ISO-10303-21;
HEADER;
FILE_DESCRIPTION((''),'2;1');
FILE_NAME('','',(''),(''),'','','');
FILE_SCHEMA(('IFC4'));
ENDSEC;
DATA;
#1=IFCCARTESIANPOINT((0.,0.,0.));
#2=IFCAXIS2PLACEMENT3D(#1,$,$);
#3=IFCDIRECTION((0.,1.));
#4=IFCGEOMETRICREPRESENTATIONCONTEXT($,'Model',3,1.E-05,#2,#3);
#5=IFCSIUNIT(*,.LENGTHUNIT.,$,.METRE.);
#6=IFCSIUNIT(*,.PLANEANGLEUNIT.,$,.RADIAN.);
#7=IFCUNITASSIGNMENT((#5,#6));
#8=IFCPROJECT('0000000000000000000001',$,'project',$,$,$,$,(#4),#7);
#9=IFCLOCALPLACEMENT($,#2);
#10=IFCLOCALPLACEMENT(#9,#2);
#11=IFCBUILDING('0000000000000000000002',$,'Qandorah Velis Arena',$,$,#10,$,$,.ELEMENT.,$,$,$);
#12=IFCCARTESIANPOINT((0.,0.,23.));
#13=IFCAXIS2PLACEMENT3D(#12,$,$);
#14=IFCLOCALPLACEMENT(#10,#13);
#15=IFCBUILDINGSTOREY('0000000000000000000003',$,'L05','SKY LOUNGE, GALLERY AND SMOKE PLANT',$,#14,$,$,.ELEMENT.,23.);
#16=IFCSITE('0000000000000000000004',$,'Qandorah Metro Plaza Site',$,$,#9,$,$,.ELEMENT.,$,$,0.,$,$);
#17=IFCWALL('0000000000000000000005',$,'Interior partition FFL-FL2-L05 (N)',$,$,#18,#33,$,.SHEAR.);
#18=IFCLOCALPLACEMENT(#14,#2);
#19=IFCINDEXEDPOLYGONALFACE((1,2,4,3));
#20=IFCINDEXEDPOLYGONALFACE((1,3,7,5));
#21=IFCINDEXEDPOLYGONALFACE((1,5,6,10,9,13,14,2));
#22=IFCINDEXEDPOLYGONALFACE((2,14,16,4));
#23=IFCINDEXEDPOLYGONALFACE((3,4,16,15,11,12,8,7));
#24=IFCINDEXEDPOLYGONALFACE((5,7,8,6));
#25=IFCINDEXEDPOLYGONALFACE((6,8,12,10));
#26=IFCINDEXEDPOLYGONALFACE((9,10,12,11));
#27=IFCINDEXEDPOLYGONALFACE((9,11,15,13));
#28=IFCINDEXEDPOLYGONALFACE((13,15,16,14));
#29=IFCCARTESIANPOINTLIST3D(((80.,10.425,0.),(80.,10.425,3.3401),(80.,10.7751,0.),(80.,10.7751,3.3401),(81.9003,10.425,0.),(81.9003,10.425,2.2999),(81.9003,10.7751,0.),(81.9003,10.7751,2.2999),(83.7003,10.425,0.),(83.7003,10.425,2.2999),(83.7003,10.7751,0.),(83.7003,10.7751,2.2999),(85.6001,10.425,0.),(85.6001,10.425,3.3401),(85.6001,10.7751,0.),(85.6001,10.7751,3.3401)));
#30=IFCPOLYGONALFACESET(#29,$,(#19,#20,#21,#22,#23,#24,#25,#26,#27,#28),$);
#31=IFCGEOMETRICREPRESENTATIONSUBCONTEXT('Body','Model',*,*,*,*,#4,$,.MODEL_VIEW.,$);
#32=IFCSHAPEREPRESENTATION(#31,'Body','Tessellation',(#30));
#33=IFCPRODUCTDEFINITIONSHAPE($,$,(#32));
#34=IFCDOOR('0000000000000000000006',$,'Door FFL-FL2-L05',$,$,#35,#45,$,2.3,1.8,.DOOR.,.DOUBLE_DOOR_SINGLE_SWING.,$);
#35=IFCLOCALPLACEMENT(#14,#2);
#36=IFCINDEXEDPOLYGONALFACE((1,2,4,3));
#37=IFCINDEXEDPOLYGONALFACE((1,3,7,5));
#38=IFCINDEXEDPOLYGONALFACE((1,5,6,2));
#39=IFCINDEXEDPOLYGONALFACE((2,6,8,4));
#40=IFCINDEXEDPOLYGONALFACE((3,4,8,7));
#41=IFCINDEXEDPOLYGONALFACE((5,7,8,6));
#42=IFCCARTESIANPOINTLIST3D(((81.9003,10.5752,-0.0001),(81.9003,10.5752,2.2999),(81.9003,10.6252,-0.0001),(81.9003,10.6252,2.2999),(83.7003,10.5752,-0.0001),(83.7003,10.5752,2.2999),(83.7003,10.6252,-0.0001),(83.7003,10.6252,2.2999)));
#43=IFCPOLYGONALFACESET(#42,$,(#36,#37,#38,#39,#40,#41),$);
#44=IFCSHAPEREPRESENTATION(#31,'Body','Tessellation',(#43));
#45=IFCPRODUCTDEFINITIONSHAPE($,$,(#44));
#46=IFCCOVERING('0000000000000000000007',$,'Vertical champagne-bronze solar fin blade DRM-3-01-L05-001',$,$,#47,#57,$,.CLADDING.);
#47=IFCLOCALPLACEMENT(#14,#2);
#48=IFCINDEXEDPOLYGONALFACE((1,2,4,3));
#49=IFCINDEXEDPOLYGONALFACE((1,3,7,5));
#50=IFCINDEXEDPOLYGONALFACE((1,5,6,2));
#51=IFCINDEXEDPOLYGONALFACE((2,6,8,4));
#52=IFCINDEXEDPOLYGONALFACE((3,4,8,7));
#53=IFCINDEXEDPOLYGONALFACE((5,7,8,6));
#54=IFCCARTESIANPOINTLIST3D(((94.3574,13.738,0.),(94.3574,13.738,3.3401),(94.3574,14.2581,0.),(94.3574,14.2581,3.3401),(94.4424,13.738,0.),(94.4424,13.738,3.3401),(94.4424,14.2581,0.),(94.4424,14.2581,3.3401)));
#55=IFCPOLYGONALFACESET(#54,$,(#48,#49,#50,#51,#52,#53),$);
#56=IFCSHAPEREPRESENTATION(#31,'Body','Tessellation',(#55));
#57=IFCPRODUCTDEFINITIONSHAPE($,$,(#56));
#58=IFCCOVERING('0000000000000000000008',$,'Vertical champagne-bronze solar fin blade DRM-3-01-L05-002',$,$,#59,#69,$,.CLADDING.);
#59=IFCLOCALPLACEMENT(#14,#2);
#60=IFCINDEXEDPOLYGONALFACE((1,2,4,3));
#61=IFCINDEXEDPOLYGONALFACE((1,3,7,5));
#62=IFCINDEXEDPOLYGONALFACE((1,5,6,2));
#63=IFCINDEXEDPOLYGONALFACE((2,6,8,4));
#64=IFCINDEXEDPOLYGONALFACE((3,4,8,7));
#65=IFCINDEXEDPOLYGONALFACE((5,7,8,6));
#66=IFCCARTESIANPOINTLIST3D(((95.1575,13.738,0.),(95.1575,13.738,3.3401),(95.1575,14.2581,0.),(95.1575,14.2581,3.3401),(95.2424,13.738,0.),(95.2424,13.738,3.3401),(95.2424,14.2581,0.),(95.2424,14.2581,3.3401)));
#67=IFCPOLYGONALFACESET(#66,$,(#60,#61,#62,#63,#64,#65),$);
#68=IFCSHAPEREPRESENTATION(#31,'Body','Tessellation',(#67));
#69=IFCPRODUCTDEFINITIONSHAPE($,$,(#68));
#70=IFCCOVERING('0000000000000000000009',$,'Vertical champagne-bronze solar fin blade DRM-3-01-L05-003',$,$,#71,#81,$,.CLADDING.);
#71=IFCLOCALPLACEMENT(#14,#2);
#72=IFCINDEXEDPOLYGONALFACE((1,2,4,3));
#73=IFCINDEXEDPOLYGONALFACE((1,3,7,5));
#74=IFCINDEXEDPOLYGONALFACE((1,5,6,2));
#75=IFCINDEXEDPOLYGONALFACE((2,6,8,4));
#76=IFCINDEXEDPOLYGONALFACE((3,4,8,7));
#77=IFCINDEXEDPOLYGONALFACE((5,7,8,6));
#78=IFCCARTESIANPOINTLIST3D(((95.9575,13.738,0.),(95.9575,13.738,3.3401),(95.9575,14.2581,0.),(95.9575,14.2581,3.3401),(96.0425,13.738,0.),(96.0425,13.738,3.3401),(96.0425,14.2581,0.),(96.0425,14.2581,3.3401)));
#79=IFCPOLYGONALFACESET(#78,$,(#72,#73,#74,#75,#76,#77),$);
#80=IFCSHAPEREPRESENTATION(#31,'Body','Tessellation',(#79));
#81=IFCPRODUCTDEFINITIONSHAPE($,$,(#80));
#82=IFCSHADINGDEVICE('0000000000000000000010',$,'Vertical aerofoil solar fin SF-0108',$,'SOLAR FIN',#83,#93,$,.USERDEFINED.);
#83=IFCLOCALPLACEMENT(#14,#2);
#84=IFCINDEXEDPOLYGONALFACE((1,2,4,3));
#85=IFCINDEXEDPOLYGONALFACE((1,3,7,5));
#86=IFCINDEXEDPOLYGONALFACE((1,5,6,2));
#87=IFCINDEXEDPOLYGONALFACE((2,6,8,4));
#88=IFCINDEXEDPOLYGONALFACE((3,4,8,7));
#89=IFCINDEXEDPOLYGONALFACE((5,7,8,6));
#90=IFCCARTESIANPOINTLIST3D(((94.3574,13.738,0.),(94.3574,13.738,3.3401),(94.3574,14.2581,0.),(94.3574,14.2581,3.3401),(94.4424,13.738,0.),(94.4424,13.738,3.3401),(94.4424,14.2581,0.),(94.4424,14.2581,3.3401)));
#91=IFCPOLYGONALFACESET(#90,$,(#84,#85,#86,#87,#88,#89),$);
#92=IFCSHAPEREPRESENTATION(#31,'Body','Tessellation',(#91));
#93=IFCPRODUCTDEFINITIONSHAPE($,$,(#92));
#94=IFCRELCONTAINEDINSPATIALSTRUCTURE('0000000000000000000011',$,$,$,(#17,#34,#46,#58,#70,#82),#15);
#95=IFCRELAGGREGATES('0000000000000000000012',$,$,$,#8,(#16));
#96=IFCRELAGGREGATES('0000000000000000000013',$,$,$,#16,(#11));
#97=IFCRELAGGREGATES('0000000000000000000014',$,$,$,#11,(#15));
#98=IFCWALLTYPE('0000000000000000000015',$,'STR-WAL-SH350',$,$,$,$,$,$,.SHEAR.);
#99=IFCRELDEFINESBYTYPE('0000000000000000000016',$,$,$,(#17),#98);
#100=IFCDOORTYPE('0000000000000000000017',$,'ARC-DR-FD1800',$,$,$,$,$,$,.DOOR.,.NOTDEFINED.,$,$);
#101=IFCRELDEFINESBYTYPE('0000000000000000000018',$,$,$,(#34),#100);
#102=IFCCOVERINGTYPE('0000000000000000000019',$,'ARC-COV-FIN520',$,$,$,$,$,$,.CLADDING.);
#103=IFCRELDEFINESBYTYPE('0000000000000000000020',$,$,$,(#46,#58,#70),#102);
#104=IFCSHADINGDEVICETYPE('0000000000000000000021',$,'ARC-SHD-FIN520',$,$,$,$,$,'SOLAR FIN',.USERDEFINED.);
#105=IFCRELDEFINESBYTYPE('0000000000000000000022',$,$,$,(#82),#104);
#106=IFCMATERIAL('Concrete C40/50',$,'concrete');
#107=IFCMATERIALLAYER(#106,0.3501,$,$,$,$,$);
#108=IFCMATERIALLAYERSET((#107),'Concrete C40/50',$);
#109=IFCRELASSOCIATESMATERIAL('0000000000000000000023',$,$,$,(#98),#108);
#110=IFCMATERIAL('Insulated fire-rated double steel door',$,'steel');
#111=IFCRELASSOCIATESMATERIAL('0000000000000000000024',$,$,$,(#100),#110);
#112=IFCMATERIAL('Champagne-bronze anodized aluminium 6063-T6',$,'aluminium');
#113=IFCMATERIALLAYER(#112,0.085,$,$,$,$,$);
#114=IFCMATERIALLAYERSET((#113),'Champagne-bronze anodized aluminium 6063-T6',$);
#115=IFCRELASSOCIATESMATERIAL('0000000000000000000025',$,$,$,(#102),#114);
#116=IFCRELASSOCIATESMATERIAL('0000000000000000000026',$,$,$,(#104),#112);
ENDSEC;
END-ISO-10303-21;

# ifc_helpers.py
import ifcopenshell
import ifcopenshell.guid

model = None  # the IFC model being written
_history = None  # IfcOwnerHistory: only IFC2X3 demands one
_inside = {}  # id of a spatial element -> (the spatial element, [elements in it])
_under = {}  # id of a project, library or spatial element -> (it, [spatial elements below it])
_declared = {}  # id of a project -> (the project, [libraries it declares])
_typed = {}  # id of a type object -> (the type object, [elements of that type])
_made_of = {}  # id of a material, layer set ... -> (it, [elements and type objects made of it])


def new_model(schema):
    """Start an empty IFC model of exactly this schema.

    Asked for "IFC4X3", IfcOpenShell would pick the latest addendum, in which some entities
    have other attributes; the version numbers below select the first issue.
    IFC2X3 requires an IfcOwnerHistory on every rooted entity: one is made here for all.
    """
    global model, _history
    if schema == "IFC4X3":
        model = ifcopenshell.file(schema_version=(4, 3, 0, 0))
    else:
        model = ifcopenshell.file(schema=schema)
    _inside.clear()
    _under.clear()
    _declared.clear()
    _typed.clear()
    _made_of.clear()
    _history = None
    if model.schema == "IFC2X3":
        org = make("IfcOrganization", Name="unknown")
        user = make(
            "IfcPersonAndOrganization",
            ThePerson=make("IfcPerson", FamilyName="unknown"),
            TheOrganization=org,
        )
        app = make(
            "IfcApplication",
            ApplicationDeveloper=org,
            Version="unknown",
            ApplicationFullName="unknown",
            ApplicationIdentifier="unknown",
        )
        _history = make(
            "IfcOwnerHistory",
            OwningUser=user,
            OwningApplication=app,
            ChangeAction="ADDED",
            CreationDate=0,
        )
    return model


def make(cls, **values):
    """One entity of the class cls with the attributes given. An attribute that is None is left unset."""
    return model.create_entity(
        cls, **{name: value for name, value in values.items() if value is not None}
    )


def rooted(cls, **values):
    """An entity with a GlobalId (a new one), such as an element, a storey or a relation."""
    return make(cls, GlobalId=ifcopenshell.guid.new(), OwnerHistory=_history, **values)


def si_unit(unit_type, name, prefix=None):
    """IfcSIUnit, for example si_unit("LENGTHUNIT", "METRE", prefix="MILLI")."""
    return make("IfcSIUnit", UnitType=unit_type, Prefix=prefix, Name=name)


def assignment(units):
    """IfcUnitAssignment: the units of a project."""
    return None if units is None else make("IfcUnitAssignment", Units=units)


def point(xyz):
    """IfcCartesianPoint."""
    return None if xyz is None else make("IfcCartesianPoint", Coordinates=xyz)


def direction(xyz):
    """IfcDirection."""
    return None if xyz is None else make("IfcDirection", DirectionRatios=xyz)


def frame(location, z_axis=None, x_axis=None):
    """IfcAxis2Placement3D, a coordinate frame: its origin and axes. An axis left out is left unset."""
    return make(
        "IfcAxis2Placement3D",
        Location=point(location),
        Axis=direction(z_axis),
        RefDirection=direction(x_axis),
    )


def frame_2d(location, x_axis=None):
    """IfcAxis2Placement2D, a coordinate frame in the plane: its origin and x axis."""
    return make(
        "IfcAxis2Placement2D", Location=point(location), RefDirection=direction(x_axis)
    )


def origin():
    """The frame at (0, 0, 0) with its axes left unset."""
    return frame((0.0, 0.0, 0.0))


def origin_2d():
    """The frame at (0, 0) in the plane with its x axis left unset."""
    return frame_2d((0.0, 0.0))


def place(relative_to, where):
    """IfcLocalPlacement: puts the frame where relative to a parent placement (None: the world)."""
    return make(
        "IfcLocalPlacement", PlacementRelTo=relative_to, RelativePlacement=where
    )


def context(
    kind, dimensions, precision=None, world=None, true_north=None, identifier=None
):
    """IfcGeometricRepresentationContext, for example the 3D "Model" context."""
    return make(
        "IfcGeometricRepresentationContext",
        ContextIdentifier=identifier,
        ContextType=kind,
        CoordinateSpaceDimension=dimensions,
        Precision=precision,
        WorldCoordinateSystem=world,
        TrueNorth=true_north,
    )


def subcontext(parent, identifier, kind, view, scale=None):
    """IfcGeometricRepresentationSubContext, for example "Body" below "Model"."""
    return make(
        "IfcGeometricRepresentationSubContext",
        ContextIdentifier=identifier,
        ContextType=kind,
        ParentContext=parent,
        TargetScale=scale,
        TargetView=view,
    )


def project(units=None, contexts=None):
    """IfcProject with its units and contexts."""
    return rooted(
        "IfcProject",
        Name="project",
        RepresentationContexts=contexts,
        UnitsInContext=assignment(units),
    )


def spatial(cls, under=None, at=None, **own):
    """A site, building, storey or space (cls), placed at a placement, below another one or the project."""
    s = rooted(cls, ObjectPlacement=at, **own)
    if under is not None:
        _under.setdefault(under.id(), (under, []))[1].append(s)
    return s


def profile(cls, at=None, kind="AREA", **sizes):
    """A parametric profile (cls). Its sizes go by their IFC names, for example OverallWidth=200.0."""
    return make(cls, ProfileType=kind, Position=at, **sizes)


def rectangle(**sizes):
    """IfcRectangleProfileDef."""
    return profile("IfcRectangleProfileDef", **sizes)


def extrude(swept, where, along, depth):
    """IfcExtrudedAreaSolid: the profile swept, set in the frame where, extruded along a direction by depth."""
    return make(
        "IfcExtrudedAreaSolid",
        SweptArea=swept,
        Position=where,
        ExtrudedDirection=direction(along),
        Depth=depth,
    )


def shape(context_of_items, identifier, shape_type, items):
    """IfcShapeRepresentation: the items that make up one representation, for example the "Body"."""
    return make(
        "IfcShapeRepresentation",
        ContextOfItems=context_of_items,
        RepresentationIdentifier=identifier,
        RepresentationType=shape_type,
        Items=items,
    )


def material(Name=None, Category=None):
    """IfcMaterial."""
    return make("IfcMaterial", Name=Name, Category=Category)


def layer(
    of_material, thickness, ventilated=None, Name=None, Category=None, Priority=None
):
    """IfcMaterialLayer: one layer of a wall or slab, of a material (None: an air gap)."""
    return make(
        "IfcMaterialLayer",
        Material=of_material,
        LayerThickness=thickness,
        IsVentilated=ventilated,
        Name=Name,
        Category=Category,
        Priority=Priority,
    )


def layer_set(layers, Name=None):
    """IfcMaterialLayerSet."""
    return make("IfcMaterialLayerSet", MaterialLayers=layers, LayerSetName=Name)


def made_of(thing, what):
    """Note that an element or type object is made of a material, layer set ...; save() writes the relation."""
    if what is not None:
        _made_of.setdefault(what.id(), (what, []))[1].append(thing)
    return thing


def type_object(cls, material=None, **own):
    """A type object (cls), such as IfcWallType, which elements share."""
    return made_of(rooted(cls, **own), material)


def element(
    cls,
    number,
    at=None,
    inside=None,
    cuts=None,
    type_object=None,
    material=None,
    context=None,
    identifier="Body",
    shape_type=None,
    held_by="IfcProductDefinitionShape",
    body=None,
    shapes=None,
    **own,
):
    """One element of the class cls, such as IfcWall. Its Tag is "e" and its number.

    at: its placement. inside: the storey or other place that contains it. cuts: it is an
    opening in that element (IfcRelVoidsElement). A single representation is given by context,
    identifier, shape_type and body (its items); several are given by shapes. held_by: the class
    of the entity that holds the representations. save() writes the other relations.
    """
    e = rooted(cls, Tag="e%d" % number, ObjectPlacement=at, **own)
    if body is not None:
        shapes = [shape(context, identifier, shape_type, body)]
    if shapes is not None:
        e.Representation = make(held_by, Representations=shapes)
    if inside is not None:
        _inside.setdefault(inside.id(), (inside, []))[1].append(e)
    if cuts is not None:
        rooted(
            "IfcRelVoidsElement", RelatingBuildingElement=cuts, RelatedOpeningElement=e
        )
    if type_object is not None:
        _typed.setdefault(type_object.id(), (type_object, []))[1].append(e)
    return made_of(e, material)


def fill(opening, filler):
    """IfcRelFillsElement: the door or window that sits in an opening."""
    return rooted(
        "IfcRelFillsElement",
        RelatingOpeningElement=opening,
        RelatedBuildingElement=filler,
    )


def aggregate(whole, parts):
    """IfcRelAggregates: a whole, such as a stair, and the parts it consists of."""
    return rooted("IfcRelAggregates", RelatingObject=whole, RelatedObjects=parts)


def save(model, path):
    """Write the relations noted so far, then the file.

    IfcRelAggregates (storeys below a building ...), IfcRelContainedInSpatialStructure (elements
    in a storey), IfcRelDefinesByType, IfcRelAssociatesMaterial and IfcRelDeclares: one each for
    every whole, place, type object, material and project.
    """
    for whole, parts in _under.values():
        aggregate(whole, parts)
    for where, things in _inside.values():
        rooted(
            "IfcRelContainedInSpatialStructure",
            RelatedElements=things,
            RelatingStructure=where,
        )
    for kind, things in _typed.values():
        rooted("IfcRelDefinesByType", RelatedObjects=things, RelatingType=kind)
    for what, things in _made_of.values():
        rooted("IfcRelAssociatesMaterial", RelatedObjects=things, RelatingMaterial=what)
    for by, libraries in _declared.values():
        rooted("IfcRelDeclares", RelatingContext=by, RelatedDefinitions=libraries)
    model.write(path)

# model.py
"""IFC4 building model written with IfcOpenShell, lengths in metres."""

from ifc_helpers import new_model, si_unit, direction, frame, frame_2d, origin, origin_2d, place, context, subcontext, project, spatial, rectangle, extrude, material, layer, layer_set, type_object, element, fill, save


model = new_model("IFC4")

# Units and contexts
model_context = context("Model", 3, precision=1e-05, world=origin(), true_north=direction((0.0, 1.0)))
body_context = subcontext(model_context, "Body", "Model", "MODEL_VIEW")
ifc_project = project(units=[si_unit("LENGTHUNIT", "METRE"), si_unit("PLANEANGLEUNIT", "RADIAN")], contexts=[model_context])

# Site, building, storey
site_placement = place(None, origin())
site = spatial("IfcSite", under=ifc_project, at=site_placement, Name="Qandorah Metro Plaza Site", CompositionType="ELEMENT", RefElevation=0.0)
building_placement = place(site_placement, origin())
building = spatial("IfcBuilding", under=site, at=building_placement, Name="Qandorah Velis Arena", CompositionType="ELEMENT")
storey_placement = place(building_placement, frame((0.0, 0.0, 23.0)))
storey = spatial("IfcBuildingStorey", under=building, at=storey_placement, Name="L05", Description="SKY LOUNGE, GALLERY AND SMOKE PLANT", CompositionType="ELEMENT", Elevation=23.0)

# Shared definitions
ifc_material_1 = material(Name="Concrete C40/50", Category="concrete")

# Shared definitions
ifc_layer_1 = layer(ifc_material_1, 0.3501)
ifc_layer_set_1 = layer_set([ifc_layer_1], Name="Concrete C40/50")
wall_type_1 = type_object("IfcWallType", Name="STR-WAL-SH350", PredefinedType="SHEAR", material=ifc_layer_set_1)

# Wall, opening, door
wall_1_placement = place(storey_placement, frame((85.6001, 10.6001, 0.0), z_axis=(0.0, 0.0, 1.0), x_axis=(-1.0, 0.0, 0.0)))
wall_1 = element("IfcWall", 1, at=wall_1_placement, inside=storey, type_object=wall_type_1, Name="Interior partition FFL-FL2-L05 (N)", PredefinedType="SHEAR", context=body_context, shape_type="SweptSolid", body=[
    extrude(rectangle(XDim=5.6001, YDim=0.3501, at=frame_2d((2.8, 0.0))), origin(), (0.0, 0.0, 1.0), 3.3401),
])
opening_1_placement = place(wall_1_placement, frame((1.8999, 0.0, 0.0)))
opening_1 = element("IfcOpeningElement", 2, at=opening_1_placement, cuts=wall_1, PredefinedType="OPENING", context=body_context, shape_type="SweptSolid", body=[
    extrude(rectangle(XDim=1.8, YDim=2.3, at=frame_2d((0.8999, 1.1499))), frame((0.0, 0.1851, 0.0), z_axis=(0.0, -1.0, 0.0), x_axis=(1.0, 0.0, 0.0)), (0.0, 0.0, 1.0), 0.3701),
])
ifc_material_2 = material(Name="Insulated fire-rated double steel door", Category="steel")
door_type_1 = type_object("IfcDoorType", Name="ARC-DR-FD1800", OperationType="NOTDEFINED", PredefinedType="DOOR", material=ifc_material_2)
door_1_placement = place(opening_1_placement, origin())
door_1 = element("IfcDoor", 3, at=door_1_placement, inside=storey, type_object=door_type_1, Name="Door FFL-FL2-L05", OperationType="DOUBLE_DOOR_SINGLE_SWING", OverallHeight=2.3, OverallWidth=1.8, PredefinedType="DOOR", context=body_context, shape_type="SweptSolid", body=[
    extrude(rectangle(XDim=1.8, YDim=2.3, at=frame_2d((0.8999, 1.1499))), frame((0.0, 0.0249, 0.0), z_axis=(0.0, -1.0, 0.0), x_axis=(1.0, 0.0, 0.0)), (0.0, 0.0, 1.0), 0.05),
])
fill(opening_1, door_1)

# Coverings
ifc_material_3 = material(Name="Champagne-bronze anodized aluminium 6063-T6", Category="aluminium")
ifc_layer_2 = layer(ifc_material_3, 0.085)
ifc_layer_set_2 = layer_set([ifc_layer_2], Name="Champagne-bronze anodized aluminium 6063-T6")
covering_type = type_object("IfcCoveringType", Name="ARC-COV-FIN520", PredefinedType="CLADDING", material=ifc_layer_set_2)
for number, where, z_axis, x_axis, name in (
    (4, (94.3999, 13.998, 0.0), (0.0, 0.0, 1.0), (1.0, 0.0, 0.0), "Vertical champagne-bronze solar fin blade DRM-3-01-L05-001"),
    (5, (95.2, 13.998, 0.0), (0.0, 0.0, 1.0), (1.0, 0.0, 0.0), "Vertical champagne-bronze solar fin blade DRM-3-01-L05-002"),
    (6, (96.0, 13.998, 0.0), (0.0, 0.0, 1.0), (1.0, 0.0, 0.0), "Vertical champagne-bronze solar fin blade DRM-3-01-L05-003"),
):
    element("IfcCovering", number, at=place(storey_placement, frame(where, z_axis=z_axis, x_axis=x_axis)), inside=storey, type_object=covering_type, Name=name, PredefinedType="CLADDING", context=body_context, shape_type="SweptSolid", body=[
        extrude(rectangle(XDim=0.085, YDim=0.52, at=origin_2d()), origin(), (0.0, 0.0, 1.0), 3.3401),
    ])

# Shading device
shading_device_type = type_object("IfcShadingDeviceType", Name="ARC-SHD-FIN520", ElementType="SOLAR FIN", PredefinedType="USERDEFINED", material=ifc_material_3)
shading_device_placement = place(storey_placement, frame((94.3999, 13.998, 0.0), z_axis=(0.0, 0.0, 1.0), x_axis=(1.0, 0.0, 0.0)))
element("IfcShadingDevice", 7, at=shading_device_placement, inside=storey, type_object=shading_device_type, Name="Vertical aerofoil solar fin SF-0108", ObjectType="SOLAR FIN", PredefinedType="USERDEFINED", context=body_context, shape_type="SweptSolid", body=[
    extrude(rectangle(XDim=0.085, YDim=0.52, at=origin_2d()), origin(), (0.0, 0.0, 1.0), 3.3401),
])

save(model, "model.ifc")
